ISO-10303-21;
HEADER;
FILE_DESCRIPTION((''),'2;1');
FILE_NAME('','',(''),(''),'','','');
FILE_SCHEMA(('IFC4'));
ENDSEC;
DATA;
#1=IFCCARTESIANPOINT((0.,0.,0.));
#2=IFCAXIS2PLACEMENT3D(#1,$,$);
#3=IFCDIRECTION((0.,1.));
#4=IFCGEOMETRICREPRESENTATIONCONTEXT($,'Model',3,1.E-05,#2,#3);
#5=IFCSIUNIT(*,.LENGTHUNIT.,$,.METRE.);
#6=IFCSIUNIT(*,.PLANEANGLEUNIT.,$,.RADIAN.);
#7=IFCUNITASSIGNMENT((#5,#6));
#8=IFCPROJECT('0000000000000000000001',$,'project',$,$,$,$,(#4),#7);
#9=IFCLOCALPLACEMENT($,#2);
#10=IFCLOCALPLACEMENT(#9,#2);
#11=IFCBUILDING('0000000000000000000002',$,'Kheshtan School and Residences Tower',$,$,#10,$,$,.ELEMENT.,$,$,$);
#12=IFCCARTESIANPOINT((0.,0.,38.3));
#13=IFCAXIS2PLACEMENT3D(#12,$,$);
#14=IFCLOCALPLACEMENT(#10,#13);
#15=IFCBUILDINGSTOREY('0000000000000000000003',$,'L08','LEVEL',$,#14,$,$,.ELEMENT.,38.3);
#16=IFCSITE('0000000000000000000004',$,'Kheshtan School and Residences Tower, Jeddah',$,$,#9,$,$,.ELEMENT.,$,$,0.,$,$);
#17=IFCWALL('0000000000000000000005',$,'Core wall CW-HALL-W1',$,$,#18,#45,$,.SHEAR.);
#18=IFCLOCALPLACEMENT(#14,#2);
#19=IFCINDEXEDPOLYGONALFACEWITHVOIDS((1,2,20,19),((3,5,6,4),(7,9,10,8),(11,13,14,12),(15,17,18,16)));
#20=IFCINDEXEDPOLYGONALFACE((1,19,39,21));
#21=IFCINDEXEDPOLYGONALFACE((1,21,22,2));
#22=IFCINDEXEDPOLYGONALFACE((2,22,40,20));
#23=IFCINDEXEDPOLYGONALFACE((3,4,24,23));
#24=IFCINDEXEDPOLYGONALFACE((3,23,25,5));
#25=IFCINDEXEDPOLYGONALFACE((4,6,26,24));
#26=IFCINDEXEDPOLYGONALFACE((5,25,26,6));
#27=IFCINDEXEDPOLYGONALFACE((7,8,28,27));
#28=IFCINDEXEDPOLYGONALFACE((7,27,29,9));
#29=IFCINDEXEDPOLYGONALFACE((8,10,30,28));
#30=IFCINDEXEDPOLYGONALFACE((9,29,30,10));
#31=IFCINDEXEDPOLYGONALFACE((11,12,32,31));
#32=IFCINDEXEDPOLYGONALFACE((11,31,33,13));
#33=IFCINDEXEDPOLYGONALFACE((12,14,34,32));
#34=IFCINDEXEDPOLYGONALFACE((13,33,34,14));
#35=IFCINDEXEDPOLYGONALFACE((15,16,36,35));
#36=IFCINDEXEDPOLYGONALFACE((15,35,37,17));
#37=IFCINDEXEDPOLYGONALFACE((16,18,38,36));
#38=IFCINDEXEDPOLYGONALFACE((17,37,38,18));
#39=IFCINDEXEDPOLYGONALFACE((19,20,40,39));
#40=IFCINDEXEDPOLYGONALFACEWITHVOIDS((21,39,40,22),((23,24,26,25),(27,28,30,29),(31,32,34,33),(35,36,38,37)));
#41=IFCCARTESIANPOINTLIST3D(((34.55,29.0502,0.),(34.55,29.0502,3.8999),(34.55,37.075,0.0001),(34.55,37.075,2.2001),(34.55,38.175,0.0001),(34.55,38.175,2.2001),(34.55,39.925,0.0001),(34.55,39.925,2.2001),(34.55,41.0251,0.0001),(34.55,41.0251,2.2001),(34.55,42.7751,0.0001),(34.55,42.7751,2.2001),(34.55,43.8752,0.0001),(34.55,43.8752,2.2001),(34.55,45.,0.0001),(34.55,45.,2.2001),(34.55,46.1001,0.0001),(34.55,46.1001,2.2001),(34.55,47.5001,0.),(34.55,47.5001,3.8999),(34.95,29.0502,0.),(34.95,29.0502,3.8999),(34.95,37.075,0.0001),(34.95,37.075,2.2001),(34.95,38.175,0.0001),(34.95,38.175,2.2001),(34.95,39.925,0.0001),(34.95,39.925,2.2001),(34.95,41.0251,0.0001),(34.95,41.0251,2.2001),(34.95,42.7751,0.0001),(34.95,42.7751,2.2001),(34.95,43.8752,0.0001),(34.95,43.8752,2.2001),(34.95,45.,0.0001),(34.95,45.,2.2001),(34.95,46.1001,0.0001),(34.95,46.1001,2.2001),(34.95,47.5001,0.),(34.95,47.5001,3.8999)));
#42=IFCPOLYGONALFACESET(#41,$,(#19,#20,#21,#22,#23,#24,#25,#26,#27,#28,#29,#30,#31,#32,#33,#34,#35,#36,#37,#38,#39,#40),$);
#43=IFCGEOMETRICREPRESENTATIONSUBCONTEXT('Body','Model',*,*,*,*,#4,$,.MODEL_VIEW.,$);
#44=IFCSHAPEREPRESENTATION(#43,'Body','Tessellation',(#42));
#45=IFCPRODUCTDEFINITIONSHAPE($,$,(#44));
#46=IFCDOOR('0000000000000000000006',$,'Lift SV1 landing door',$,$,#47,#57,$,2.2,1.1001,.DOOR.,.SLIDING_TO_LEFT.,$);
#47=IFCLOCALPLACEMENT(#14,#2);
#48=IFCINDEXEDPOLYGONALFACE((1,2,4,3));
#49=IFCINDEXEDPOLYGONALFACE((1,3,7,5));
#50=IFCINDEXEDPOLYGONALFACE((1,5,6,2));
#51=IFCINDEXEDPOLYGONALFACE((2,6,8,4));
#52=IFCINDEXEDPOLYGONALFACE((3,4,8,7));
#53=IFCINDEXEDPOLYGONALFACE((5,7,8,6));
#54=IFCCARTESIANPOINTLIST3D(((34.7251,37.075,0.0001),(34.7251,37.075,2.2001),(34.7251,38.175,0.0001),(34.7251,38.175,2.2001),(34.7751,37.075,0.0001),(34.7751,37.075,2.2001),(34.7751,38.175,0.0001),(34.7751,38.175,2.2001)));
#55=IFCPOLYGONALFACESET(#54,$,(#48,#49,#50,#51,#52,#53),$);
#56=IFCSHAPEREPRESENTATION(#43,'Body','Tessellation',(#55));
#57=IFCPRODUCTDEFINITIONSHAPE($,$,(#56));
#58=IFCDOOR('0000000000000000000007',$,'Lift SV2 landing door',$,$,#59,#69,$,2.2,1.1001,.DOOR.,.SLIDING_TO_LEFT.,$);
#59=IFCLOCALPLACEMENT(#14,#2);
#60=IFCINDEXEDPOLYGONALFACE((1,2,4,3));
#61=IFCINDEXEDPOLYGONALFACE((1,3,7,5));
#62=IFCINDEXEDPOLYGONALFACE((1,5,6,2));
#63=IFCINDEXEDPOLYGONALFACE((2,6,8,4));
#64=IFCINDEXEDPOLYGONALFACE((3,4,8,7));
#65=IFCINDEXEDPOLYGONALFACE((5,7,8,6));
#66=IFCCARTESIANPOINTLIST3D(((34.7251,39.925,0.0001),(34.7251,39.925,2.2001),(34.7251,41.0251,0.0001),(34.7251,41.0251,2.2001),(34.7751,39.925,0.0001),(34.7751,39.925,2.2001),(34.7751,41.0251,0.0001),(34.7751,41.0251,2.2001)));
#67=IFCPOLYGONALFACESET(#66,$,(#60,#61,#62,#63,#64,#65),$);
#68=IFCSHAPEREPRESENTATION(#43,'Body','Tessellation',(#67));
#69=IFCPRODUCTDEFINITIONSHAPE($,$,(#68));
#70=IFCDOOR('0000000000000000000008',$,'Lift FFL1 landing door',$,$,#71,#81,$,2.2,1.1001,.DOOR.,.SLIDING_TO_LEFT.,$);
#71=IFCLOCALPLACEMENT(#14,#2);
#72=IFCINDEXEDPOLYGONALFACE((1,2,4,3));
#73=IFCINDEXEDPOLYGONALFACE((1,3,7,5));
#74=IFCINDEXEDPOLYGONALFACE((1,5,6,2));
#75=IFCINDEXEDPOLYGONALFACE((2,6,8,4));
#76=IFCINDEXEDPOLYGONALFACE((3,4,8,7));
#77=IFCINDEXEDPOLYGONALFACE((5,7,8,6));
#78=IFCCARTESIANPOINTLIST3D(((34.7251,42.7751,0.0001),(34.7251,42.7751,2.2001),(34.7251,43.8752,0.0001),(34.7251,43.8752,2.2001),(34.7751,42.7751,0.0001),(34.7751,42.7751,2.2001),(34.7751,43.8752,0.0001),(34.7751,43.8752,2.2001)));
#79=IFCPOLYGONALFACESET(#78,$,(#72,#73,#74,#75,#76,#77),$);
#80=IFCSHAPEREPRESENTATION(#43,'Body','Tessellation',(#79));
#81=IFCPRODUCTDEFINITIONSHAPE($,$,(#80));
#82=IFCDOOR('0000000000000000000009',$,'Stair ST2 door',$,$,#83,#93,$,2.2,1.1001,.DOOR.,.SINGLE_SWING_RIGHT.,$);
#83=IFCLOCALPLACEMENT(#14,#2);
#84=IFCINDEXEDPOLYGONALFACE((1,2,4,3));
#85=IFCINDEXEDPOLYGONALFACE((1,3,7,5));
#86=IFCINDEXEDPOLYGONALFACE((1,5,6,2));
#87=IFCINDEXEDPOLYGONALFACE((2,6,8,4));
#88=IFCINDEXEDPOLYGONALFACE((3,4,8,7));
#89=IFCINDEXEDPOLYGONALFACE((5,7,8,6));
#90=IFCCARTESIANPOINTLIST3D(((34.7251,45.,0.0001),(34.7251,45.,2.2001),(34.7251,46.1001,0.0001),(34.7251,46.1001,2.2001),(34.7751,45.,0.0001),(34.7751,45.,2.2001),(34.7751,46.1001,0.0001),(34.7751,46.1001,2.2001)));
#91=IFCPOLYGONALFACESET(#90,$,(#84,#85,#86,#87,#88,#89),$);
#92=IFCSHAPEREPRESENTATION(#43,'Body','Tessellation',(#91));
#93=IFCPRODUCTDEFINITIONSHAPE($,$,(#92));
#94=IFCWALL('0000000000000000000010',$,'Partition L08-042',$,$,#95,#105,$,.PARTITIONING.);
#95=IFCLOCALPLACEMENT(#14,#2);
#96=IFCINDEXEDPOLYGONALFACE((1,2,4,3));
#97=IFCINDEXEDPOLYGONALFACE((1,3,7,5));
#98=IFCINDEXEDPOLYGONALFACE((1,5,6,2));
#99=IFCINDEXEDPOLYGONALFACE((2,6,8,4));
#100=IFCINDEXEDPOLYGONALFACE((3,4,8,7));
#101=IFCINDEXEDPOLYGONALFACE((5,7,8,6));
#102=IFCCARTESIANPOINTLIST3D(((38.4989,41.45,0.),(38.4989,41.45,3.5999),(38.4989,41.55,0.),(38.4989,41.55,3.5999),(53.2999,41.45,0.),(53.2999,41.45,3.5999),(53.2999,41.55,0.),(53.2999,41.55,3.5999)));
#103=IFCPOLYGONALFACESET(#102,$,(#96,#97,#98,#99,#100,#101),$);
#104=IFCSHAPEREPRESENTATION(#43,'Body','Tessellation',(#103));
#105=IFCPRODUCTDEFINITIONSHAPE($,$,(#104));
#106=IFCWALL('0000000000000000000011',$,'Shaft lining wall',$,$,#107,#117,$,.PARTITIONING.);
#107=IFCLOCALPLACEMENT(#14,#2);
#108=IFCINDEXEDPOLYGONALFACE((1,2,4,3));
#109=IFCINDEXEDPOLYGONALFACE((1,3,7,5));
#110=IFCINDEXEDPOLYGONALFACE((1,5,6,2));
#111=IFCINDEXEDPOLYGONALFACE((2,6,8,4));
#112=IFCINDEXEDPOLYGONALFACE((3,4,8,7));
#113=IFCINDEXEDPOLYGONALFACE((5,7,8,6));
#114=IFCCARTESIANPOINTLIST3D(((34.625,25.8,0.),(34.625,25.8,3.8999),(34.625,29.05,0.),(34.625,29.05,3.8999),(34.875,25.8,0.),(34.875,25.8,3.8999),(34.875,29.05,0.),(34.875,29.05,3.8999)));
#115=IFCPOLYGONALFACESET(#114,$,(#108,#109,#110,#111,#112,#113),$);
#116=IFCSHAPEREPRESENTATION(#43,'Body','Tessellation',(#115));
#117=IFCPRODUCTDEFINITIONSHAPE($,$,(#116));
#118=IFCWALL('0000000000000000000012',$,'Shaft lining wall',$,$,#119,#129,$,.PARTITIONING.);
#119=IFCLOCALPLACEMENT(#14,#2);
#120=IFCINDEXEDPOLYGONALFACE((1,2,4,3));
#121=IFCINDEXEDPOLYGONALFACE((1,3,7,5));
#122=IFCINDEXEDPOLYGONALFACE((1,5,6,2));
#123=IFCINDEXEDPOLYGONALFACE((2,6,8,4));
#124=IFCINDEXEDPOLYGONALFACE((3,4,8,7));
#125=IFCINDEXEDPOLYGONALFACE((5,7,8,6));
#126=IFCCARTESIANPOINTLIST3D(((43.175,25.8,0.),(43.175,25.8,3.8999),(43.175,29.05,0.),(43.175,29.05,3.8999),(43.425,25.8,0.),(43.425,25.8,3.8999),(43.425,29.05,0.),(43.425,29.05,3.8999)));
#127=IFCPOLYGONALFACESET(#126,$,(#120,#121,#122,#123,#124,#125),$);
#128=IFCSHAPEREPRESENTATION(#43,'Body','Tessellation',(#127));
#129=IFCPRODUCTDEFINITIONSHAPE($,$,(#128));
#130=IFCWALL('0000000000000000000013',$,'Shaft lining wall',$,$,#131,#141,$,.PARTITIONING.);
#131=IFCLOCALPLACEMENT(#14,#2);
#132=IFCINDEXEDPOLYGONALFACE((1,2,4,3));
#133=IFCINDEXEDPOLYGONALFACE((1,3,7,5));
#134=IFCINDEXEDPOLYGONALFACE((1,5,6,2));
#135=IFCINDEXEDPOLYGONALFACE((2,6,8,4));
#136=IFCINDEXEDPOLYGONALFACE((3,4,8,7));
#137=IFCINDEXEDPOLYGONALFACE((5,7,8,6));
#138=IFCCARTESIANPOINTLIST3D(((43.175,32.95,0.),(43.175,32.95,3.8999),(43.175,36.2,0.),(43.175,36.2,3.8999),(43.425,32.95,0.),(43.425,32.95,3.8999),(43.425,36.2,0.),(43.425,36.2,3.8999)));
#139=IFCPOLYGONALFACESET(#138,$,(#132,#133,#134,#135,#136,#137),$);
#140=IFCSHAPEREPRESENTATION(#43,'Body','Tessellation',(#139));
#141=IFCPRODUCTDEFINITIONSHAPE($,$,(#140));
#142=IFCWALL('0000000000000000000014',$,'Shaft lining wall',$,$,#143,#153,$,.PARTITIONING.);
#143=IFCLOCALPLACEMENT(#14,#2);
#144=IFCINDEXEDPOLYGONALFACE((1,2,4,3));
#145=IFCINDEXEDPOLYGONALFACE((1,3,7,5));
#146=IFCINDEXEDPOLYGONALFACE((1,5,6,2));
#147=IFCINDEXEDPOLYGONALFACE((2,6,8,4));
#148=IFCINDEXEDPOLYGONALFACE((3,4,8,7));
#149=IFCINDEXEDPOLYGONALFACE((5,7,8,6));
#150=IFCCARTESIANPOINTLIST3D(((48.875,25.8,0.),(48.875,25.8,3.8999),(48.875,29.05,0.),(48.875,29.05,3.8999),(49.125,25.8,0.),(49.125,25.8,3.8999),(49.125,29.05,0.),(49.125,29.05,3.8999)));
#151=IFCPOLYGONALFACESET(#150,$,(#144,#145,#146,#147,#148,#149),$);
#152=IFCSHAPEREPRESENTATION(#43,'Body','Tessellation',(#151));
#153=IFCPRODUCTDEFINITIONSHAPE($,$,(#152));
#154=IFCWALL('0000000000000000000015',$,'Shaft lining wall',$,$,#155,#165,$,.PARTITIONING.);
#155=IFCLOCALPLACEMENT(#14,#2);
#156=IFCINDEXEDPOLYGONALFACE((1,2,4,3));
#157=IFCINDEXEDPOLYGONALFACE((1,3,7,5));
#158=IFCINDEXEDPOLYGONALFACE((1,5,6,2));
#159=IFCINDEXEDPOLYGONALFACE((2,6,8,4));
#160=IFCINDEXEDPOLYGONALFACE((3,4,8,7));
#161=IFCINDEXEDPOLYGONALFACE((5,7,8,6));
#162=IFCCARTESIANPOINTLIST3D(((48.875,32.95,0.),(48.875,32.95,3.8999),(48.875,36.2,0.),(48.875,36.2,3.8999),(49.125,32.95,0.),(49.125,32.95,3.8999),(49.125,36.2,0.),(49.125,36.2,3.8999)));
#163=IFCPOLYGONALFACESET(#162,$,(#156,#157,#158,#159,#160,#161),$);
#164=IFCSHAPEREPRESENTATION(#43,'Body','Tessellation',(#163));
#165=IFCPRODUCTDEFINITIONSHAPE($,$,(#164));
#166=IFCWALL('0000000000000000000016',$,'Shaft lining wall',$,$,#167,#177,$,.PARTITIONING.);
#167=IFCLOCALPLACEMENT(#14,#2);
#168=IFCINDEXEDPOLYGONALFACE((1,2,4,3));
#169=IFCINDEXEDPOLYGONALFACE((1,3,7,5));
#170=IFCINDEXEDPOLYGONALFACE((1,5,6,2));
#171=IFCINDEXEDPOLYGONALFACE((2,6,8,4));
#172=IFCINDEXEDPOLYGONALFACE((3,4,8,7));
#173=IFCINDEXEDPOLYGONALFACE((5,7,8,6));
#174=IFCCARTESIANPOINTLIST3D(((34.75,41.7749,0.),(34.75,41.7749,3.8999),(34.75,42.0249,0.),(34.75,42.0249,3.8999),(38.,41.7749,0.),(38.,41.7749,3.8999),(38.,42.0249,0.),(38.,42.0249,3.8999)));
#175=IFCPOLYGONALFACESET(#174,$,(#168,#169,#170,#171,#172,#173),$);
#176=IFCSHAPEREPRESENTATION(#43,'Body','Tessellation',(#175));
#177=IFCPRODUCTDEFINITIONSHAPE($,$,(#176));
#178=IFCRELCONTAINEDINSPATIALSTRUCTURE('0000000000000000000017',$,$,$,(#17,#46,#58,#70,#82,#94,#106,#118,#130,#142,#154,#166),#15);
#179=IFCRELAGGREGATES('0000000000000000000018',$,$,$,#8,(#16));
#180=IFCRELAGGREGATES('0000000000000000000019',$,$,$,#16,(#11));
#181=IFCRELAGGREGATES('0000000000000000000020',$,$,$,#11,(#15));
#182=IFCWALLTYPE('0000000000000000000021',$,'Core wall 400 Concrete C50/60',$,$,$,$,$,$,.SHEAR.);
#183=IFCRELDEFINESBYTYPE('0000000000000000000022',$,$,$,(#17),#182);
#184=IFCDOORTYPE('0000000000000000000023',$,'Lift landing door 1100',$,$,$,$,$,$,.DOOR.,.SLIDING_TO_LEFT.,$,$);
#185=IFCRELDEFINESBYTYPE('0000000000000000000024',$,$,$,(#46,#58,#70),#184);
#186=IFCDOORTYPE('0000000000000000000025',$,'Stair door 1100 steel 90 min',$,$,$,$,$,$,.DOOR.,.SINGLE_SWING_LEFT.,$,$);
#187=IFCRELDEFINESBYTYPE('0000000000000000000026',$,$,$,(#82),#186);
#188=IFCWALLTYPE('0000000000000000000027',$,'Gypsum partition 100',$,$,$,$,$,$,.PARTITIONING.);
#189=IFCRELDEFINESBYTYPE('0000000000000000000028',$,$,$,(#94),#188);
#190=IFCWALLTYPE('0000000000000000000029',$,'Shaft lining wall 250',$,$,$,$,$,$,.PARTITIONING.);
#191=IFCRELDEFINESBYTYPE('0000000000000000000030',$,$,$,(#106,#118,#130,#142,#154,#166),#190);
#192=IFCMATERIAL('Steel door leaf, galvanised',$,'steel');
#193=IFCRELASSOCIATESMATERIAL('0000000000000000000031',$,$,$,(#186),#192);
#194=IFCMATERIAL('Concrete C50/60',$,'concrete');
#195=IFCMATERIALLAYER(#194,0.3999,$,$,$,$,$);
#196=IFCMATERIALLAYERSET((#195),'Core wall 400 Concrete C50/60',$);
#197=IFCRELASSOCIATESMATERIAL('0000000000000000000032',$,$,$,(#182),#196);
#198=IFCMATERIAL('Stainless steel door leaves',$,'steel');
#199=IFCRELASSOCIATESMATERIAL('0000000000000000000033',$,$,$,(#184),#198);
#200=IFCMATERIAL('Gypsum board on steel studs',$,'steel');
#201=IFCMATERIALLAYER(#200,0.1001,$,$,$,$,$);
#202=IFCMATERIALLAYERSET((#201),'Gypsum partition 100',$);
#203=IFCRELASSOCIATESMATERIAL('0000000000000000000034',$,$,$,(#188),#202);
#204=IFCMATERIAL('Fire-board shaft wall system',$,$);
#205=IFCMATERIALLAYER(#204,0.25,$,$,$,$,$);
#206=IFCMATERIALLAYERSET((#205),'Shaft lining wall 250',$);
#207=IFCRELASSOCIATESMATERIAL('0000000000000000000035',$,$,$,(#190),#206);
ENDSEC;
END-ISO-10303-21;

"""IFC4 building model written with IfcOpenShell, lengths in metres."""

from ifc_helpers import new_model, si_unit, direction, frame, frame_2d, origin, place, context, subcontext, project, spatial, rectangle, extrude, source, transform, mapped, material, layer, layer_set, type_object, element, fill, save


model = new_model("IFC4")

# Units and contexts
model_context = context("Model", 3, precision=1e-05, world=origin(), true_north=direction((0.0, 1.0)))
body_context = subcontext(model_context, "Body", "Model", "MODEL_VIEW")
ifc_project = project(units=[si_unit("LENGTHUNIT", "METRE"), si_unit("PLANEANGLEUNIT", "RADIAN")], contexts=[model_context])

# Site, building, storey
site_placement = place(None, origin())
site = spatial("IfcSite", under=ifc_project, at=site_placement, Name="Kheshtan School and Residences Tower, Jeddah", CompositionType="ELEMENT", RefElevation=0.0)
building_placement = place(site_placement, origin())
building = spatial("IfcBuilding", under=site, at=building_placement, Name="Kheshtan School and Residences Tower", CompositionType="ELEMENT")
storey_placement = place(building_placement, frame((0.0, 0.0, 38.3)))
storey = spatial("IfcBuildingStorey", under=building, at=storey_placement, Name="L08", Description="LEVEL", CompositionType="ELEMENT", Elevation=38.3)

# Shared definitions
ifc_material_1 = material(Name="Steel door leaf, galvanised", Category="steel")
door_type_1 = type_object("IfcDoorType", Name="Stair door 1100 steel 90 min", OperationType="SINGLE_SWING_LEFT", PredefinedType="DOOR", material=ifc_material_1)

# Shared definitions
ifc_material_2 = material(Name="Concrete C50/60", Category="concrete")
ifc_layer_1 = layer(ifc_material_2, 0.3999)
ifc_layer_set_1 = layer_set([ifc_layer_1], Name="Core wall 400 Concrete C50/60")
wall_type_1 = type_object("IfcWallType", Name="Core wall 400 Concrete C50/60", PredefinedType="SHEAR", material=ifc_layer_set_1)
ifc_material_3 = material(Name="Stainless steel door leaves", Category="steel")
door_type_2 = type_object("IfcDoorType", Name="Lift landing door 1100", OperationType="SLIDING_TO_LEFT", PredefinedType="DOOR", material=ifc_material_3)
shared_shape_1 = source(origin(), body_context, "Body", "SweptSolid", [
    extrude(rectangle(XDim=1.1001, YDim=2.2, at=frame_2d((0.55, 1.1001))), frame((0.0, 0.0249, 0.0), z_axis=(0.0, -1.0, 0.0), x_axis=(1.0, 0.0, 0.0)), (0.0, 0.0, 1.0), 0.05),
])

# Wall, openings, doors
wall_1_placement = place(storey_placement, frame((34.75, 29.05, 0.0), z_axis=(0.0, 0.0, 1.0), x_axis=(0.0, 1.0, 0.0)))
wall_1 = element("IfcWall", 1, at=wall_1_placement, inside=storey, type_object=wall_type_1, Name="Core wall CW-HALL-W1", PredefinedType="SHEAR", context=body_context, shape_type="SweptSolid", body=[
    extrude(rectangle(XDim=18.45, YDim=0.3999, at=frame_2d((9.2251, 0.0))), origin(), (0.0, 0.0, 1.0), 3.8999),
])
opening_1_placement = place(wall_1_placement, frame((8.0249, 0.0, 0.0)))
opening_1 = element("IfcOpeningElement", 2, at=opening_1_placement, cuts=wall_1, PredefinedType="OPENING", context=body_context, shape_type="SweptSolid", body=[
    extrude(rectangle(XDim=1.1001, YDim=2.2, at=frame_2d((0.55, 1.1001))), frame((0.0, 0.21, 0.0), z_axis=(0.0, -1.0, 0.0), x_axis=(1.0, 0.0, 0.0)), (0.0, 0.0, 1.0), 0.4199),
])
opening_2_placement = place(wall_1_placement, frame((10.875, 0.0, 0.0)))
opening_2 = element("IfcOpeningElement", 3, at=opening_2_placement, cuts=wall_1, PredefinedType="OPENING", context=body_context, shape_type="SweptSolid", body=[
    extrude(rectangle(XDim=1.1001, YDim=2.2, at=frame_2d((0.55, 1.1001))), frame((0.0, 0.21, 0.0), z_axis=(0.0, -1.0, 0.0), x_axis=(1.0, 0.0, 0.0)), (0.0, 0.0, 1.0), 0.4199),
])
opening_3_placement = place(wall_1_placement, frame((13.7251, 0.0, 0.0)))
opening_3 = element("IfcOpeningElement", 4, at=opening_3_placement, cuts=wall_1, PredefinedType="OPENING", context=body_context, shape_type="SweptSolid", body=[
    extrude(rectangle(XDim=1.1001, YDim=2.2, at=frame_2d((0.55, 1.1001))), frame((0.0, 0.21, 0.0), z_axis=(0.0, -1.0, 0.0), x_axis=(1.0, 0.0, 0.0)), (0.0, 0.0, 1.0), 0.4199),
])
opening_4_placement = place(wall_1_placement, frame((15.95, 0.0, 0.0)))
opening_4 = element("IfcOpeningElement", 5, at=opening_4_placement, cuts=wall_1, PredefinedType="OPENING", context=body_context, shape_type="SweptSolid", body=[
    extrude(rectangle(XDim=1.1001, YDim=2.2, at=frame_2d((0.55, 1.1001))), frame((0.0, 0.21, 0.0), z_axis=(0.0, -1.0, 0.0), x_axis=(1.0, 0.0, 0.0)), (0.0, 0.0, 1.0), 0.4199),
])
door_1_placement = place(opening_1_placement, origin())
door_1 = element("IfcDoor", 6, at=door_1_placement, inside=storey, type_object=door_type_2, Name="Lift SV1 landing door", OperationType="SLIDING_TO_LEFT", OverallHeight=2.2, OverallWidth=1.1001, PredefinedType="DOOR", context=body_context, shape_type="MappedRepresentation", body=[
    mapped(shared_shape_1, transform((0.0, 0.0, 0.0), x_axis=(1.0, 0.0, 0.0), y_axis=(0.0, 1.0, 0.0), z_axis=(0.0, 0.0, 1.0), scale=1.0)),
])
fill(opening_1, door_1)
door_2_placement = place(opening_2_placement, origin())
door_2 = element("IfcDoor", 7, at=door_2_placement, inside=storey, type_object=door_type_2, Name="Lift SV2 landing door", OperationType="SLIDING_TO_LEFT", OverallHeight=2.2, OverallWidth=1.1001, PredefinedType="DOOR", context=body_context, shape_type="MappedRepresentation", body=[
    mapped(shared_shape_1, transform((0.0, 0.0, 0.0), x_axis=(1.0, 0.0, 0.0), y_axis=(0.0, 1.0, 0.0), z_axis=(0.0, 0.0, 1.0), scale=1.0)),
])
fill(opening_2, door_2)
door_3_placement = place(opening_3_placement, origin())
door_3 = element("IfcDoor", 8, at=door_3_placement, inside=storey, type_object=door_type_2, Name="Lift FFL1 landing door", OperationType="SLIDING_TO_LEFT", OverallHeight=2.2, OverallWidth=1.1001, PredefinedType="DOOR", context=body_context, shape_type="MappedRepresentation", body=[
    mapped(shared_shape_1, transform((0.0, 0.0, 0.0), x_axis=(1.0, 0.0, 0.0), y_axis=(0.0, 1.0, 0.0), z_axis=(0.0, 0.0, 1.0), scale=1.0)),
])
fill(opening_3, door_3)
shared_shape_2 = source(origin(), body_context, "Body", "SweptSolid", [
    extrude(rectangle(XDim=1.1001, YDim=2.2, at=frame_2d((0.55, 1.1001))), frame((0.0, 0.0249, 0.0), z_axis=(0.0, -1.0, 0.0), x_axis=(1.0, 0.0, 0.0)), (0.0, 0.0, 1.0), 0.05),
])
door_4_placement = place(opening_4_placement, origin())
door_4 = element("IfcDoor", 9, at=door_4_placement, inside=storey, type_object=door_type_1, Name="Stair ST2 door", OperationType="SINGLE_SWING_RIGHT", OverallHeight=2.2, OverallWidth=1.1001, PredefinedType="DOOR", context=body_context, shape_type="MappedRepresentation", body=[
    mapped(shared_shape_2, transform((0.0, 0.0, 0.0), x_axis=(1.0, 0.0, 0.0), y_axis=(0.0, 1.0, 0.0), z_axis=(0.0, 0.0, 1.0), scale=1.0)),
])
fill(opening_4, door_4)

# Walls
ifc_material_4 = material(Name="Gypsum board on steel studs", Category="steel")
ifc_layer_2 = layer(ifc_material_4, 0.1001)
ifc_layer_set_2 = layer_set([ifc_layer_2], Name="Gypsum partition 100")
wall_type_2 = type_object("IfcWallType", Name="Gypsum partition 100", PredefinedType="PARTITIONING", material=ifc_layer_set_2)
wall_2_placement = place(storey_placement, frame((38.499, 41.5, 0.0), z_axis=(0.0, 0.0, 1.0), x_axis=(1.0, 0.0, 0.0)))
element("IfcWall", 10, at=wall_2_placement, inside=storey, type_object=wall_type_2, Name="Partition L08-042", PredefinedType="PARTITIONING", context=body_context, shape_type="SweptSolid", body=[
    extrude(rectangle(XDim=14.801, YDim=0.1001, at=frame_2d((7.4004, 0.0))), origin(), (0.0, 0.0, 1.0), 3.5999),
])
ifc_material_5 = material(Name="Fire-board shaft wall system")
ifc_layer_3 = layer(ifc_material_5, 0.25)
ifc_layer_set_3 = layer_set([ifc_layer_3], Name="Shaft lining wall 250")
wall_type_3 = type_object("IfcWallType", Name="Shaft lining wall 250", PredefinedType="PARTITIONING", material=ifc_layer_set_3)
for number, where, z_axis, x_axis, name in (
    (11, (34.75, 25.8, 0.0), (0.0, 0.0, 1.0), (0.0, 1.0, 0.0), "Shaft lining wall"),
    (12, (43.3, 25.8, 0.0), (0.0, 0.0, 1.0), (0.0, 1.0, 0.0), "Shaft lining wall"),
    (13, (43.3, 32.95, 0.0), (0.0, 0.0, 1.0), (0.0, 1.0, 0.0), "Shaft lining wall"),
    (14, (49.0, 25.8, 0.0), (0.0, 0.0, 1.0), (0.0, 1.0, 0.0), "Shaft lining wall"),
    (15, (49.0, 32.95, 0.0), (0.0, 0.0, 1.0), (0.0, 1.0, 0.0), "Shaft lining wall"),
    (16, (34.75, 41.8999, 0.0), (0.0, 0.0, 1.0), (1.0, 0.0, 0.0), "Shaft lining wall"),
):
    element("IfcWall", number, at=place(storey_placement, frame(where, z_axis=z_axis, x_axis=x_axis)), inside=storey, type_object=wall_type_3, Name=name, PredefinedType="PARTITIONING", context=body_context, shape_type="SweptSolid", body=[
        extrude(rectangle(XDim=3.25, YDim=0.25, at=frame_2d((1.625, 0.0))), origin(), (0.0, 0.0, 1.0), 3.8999),
    ])

save(model, "model.ifc")
